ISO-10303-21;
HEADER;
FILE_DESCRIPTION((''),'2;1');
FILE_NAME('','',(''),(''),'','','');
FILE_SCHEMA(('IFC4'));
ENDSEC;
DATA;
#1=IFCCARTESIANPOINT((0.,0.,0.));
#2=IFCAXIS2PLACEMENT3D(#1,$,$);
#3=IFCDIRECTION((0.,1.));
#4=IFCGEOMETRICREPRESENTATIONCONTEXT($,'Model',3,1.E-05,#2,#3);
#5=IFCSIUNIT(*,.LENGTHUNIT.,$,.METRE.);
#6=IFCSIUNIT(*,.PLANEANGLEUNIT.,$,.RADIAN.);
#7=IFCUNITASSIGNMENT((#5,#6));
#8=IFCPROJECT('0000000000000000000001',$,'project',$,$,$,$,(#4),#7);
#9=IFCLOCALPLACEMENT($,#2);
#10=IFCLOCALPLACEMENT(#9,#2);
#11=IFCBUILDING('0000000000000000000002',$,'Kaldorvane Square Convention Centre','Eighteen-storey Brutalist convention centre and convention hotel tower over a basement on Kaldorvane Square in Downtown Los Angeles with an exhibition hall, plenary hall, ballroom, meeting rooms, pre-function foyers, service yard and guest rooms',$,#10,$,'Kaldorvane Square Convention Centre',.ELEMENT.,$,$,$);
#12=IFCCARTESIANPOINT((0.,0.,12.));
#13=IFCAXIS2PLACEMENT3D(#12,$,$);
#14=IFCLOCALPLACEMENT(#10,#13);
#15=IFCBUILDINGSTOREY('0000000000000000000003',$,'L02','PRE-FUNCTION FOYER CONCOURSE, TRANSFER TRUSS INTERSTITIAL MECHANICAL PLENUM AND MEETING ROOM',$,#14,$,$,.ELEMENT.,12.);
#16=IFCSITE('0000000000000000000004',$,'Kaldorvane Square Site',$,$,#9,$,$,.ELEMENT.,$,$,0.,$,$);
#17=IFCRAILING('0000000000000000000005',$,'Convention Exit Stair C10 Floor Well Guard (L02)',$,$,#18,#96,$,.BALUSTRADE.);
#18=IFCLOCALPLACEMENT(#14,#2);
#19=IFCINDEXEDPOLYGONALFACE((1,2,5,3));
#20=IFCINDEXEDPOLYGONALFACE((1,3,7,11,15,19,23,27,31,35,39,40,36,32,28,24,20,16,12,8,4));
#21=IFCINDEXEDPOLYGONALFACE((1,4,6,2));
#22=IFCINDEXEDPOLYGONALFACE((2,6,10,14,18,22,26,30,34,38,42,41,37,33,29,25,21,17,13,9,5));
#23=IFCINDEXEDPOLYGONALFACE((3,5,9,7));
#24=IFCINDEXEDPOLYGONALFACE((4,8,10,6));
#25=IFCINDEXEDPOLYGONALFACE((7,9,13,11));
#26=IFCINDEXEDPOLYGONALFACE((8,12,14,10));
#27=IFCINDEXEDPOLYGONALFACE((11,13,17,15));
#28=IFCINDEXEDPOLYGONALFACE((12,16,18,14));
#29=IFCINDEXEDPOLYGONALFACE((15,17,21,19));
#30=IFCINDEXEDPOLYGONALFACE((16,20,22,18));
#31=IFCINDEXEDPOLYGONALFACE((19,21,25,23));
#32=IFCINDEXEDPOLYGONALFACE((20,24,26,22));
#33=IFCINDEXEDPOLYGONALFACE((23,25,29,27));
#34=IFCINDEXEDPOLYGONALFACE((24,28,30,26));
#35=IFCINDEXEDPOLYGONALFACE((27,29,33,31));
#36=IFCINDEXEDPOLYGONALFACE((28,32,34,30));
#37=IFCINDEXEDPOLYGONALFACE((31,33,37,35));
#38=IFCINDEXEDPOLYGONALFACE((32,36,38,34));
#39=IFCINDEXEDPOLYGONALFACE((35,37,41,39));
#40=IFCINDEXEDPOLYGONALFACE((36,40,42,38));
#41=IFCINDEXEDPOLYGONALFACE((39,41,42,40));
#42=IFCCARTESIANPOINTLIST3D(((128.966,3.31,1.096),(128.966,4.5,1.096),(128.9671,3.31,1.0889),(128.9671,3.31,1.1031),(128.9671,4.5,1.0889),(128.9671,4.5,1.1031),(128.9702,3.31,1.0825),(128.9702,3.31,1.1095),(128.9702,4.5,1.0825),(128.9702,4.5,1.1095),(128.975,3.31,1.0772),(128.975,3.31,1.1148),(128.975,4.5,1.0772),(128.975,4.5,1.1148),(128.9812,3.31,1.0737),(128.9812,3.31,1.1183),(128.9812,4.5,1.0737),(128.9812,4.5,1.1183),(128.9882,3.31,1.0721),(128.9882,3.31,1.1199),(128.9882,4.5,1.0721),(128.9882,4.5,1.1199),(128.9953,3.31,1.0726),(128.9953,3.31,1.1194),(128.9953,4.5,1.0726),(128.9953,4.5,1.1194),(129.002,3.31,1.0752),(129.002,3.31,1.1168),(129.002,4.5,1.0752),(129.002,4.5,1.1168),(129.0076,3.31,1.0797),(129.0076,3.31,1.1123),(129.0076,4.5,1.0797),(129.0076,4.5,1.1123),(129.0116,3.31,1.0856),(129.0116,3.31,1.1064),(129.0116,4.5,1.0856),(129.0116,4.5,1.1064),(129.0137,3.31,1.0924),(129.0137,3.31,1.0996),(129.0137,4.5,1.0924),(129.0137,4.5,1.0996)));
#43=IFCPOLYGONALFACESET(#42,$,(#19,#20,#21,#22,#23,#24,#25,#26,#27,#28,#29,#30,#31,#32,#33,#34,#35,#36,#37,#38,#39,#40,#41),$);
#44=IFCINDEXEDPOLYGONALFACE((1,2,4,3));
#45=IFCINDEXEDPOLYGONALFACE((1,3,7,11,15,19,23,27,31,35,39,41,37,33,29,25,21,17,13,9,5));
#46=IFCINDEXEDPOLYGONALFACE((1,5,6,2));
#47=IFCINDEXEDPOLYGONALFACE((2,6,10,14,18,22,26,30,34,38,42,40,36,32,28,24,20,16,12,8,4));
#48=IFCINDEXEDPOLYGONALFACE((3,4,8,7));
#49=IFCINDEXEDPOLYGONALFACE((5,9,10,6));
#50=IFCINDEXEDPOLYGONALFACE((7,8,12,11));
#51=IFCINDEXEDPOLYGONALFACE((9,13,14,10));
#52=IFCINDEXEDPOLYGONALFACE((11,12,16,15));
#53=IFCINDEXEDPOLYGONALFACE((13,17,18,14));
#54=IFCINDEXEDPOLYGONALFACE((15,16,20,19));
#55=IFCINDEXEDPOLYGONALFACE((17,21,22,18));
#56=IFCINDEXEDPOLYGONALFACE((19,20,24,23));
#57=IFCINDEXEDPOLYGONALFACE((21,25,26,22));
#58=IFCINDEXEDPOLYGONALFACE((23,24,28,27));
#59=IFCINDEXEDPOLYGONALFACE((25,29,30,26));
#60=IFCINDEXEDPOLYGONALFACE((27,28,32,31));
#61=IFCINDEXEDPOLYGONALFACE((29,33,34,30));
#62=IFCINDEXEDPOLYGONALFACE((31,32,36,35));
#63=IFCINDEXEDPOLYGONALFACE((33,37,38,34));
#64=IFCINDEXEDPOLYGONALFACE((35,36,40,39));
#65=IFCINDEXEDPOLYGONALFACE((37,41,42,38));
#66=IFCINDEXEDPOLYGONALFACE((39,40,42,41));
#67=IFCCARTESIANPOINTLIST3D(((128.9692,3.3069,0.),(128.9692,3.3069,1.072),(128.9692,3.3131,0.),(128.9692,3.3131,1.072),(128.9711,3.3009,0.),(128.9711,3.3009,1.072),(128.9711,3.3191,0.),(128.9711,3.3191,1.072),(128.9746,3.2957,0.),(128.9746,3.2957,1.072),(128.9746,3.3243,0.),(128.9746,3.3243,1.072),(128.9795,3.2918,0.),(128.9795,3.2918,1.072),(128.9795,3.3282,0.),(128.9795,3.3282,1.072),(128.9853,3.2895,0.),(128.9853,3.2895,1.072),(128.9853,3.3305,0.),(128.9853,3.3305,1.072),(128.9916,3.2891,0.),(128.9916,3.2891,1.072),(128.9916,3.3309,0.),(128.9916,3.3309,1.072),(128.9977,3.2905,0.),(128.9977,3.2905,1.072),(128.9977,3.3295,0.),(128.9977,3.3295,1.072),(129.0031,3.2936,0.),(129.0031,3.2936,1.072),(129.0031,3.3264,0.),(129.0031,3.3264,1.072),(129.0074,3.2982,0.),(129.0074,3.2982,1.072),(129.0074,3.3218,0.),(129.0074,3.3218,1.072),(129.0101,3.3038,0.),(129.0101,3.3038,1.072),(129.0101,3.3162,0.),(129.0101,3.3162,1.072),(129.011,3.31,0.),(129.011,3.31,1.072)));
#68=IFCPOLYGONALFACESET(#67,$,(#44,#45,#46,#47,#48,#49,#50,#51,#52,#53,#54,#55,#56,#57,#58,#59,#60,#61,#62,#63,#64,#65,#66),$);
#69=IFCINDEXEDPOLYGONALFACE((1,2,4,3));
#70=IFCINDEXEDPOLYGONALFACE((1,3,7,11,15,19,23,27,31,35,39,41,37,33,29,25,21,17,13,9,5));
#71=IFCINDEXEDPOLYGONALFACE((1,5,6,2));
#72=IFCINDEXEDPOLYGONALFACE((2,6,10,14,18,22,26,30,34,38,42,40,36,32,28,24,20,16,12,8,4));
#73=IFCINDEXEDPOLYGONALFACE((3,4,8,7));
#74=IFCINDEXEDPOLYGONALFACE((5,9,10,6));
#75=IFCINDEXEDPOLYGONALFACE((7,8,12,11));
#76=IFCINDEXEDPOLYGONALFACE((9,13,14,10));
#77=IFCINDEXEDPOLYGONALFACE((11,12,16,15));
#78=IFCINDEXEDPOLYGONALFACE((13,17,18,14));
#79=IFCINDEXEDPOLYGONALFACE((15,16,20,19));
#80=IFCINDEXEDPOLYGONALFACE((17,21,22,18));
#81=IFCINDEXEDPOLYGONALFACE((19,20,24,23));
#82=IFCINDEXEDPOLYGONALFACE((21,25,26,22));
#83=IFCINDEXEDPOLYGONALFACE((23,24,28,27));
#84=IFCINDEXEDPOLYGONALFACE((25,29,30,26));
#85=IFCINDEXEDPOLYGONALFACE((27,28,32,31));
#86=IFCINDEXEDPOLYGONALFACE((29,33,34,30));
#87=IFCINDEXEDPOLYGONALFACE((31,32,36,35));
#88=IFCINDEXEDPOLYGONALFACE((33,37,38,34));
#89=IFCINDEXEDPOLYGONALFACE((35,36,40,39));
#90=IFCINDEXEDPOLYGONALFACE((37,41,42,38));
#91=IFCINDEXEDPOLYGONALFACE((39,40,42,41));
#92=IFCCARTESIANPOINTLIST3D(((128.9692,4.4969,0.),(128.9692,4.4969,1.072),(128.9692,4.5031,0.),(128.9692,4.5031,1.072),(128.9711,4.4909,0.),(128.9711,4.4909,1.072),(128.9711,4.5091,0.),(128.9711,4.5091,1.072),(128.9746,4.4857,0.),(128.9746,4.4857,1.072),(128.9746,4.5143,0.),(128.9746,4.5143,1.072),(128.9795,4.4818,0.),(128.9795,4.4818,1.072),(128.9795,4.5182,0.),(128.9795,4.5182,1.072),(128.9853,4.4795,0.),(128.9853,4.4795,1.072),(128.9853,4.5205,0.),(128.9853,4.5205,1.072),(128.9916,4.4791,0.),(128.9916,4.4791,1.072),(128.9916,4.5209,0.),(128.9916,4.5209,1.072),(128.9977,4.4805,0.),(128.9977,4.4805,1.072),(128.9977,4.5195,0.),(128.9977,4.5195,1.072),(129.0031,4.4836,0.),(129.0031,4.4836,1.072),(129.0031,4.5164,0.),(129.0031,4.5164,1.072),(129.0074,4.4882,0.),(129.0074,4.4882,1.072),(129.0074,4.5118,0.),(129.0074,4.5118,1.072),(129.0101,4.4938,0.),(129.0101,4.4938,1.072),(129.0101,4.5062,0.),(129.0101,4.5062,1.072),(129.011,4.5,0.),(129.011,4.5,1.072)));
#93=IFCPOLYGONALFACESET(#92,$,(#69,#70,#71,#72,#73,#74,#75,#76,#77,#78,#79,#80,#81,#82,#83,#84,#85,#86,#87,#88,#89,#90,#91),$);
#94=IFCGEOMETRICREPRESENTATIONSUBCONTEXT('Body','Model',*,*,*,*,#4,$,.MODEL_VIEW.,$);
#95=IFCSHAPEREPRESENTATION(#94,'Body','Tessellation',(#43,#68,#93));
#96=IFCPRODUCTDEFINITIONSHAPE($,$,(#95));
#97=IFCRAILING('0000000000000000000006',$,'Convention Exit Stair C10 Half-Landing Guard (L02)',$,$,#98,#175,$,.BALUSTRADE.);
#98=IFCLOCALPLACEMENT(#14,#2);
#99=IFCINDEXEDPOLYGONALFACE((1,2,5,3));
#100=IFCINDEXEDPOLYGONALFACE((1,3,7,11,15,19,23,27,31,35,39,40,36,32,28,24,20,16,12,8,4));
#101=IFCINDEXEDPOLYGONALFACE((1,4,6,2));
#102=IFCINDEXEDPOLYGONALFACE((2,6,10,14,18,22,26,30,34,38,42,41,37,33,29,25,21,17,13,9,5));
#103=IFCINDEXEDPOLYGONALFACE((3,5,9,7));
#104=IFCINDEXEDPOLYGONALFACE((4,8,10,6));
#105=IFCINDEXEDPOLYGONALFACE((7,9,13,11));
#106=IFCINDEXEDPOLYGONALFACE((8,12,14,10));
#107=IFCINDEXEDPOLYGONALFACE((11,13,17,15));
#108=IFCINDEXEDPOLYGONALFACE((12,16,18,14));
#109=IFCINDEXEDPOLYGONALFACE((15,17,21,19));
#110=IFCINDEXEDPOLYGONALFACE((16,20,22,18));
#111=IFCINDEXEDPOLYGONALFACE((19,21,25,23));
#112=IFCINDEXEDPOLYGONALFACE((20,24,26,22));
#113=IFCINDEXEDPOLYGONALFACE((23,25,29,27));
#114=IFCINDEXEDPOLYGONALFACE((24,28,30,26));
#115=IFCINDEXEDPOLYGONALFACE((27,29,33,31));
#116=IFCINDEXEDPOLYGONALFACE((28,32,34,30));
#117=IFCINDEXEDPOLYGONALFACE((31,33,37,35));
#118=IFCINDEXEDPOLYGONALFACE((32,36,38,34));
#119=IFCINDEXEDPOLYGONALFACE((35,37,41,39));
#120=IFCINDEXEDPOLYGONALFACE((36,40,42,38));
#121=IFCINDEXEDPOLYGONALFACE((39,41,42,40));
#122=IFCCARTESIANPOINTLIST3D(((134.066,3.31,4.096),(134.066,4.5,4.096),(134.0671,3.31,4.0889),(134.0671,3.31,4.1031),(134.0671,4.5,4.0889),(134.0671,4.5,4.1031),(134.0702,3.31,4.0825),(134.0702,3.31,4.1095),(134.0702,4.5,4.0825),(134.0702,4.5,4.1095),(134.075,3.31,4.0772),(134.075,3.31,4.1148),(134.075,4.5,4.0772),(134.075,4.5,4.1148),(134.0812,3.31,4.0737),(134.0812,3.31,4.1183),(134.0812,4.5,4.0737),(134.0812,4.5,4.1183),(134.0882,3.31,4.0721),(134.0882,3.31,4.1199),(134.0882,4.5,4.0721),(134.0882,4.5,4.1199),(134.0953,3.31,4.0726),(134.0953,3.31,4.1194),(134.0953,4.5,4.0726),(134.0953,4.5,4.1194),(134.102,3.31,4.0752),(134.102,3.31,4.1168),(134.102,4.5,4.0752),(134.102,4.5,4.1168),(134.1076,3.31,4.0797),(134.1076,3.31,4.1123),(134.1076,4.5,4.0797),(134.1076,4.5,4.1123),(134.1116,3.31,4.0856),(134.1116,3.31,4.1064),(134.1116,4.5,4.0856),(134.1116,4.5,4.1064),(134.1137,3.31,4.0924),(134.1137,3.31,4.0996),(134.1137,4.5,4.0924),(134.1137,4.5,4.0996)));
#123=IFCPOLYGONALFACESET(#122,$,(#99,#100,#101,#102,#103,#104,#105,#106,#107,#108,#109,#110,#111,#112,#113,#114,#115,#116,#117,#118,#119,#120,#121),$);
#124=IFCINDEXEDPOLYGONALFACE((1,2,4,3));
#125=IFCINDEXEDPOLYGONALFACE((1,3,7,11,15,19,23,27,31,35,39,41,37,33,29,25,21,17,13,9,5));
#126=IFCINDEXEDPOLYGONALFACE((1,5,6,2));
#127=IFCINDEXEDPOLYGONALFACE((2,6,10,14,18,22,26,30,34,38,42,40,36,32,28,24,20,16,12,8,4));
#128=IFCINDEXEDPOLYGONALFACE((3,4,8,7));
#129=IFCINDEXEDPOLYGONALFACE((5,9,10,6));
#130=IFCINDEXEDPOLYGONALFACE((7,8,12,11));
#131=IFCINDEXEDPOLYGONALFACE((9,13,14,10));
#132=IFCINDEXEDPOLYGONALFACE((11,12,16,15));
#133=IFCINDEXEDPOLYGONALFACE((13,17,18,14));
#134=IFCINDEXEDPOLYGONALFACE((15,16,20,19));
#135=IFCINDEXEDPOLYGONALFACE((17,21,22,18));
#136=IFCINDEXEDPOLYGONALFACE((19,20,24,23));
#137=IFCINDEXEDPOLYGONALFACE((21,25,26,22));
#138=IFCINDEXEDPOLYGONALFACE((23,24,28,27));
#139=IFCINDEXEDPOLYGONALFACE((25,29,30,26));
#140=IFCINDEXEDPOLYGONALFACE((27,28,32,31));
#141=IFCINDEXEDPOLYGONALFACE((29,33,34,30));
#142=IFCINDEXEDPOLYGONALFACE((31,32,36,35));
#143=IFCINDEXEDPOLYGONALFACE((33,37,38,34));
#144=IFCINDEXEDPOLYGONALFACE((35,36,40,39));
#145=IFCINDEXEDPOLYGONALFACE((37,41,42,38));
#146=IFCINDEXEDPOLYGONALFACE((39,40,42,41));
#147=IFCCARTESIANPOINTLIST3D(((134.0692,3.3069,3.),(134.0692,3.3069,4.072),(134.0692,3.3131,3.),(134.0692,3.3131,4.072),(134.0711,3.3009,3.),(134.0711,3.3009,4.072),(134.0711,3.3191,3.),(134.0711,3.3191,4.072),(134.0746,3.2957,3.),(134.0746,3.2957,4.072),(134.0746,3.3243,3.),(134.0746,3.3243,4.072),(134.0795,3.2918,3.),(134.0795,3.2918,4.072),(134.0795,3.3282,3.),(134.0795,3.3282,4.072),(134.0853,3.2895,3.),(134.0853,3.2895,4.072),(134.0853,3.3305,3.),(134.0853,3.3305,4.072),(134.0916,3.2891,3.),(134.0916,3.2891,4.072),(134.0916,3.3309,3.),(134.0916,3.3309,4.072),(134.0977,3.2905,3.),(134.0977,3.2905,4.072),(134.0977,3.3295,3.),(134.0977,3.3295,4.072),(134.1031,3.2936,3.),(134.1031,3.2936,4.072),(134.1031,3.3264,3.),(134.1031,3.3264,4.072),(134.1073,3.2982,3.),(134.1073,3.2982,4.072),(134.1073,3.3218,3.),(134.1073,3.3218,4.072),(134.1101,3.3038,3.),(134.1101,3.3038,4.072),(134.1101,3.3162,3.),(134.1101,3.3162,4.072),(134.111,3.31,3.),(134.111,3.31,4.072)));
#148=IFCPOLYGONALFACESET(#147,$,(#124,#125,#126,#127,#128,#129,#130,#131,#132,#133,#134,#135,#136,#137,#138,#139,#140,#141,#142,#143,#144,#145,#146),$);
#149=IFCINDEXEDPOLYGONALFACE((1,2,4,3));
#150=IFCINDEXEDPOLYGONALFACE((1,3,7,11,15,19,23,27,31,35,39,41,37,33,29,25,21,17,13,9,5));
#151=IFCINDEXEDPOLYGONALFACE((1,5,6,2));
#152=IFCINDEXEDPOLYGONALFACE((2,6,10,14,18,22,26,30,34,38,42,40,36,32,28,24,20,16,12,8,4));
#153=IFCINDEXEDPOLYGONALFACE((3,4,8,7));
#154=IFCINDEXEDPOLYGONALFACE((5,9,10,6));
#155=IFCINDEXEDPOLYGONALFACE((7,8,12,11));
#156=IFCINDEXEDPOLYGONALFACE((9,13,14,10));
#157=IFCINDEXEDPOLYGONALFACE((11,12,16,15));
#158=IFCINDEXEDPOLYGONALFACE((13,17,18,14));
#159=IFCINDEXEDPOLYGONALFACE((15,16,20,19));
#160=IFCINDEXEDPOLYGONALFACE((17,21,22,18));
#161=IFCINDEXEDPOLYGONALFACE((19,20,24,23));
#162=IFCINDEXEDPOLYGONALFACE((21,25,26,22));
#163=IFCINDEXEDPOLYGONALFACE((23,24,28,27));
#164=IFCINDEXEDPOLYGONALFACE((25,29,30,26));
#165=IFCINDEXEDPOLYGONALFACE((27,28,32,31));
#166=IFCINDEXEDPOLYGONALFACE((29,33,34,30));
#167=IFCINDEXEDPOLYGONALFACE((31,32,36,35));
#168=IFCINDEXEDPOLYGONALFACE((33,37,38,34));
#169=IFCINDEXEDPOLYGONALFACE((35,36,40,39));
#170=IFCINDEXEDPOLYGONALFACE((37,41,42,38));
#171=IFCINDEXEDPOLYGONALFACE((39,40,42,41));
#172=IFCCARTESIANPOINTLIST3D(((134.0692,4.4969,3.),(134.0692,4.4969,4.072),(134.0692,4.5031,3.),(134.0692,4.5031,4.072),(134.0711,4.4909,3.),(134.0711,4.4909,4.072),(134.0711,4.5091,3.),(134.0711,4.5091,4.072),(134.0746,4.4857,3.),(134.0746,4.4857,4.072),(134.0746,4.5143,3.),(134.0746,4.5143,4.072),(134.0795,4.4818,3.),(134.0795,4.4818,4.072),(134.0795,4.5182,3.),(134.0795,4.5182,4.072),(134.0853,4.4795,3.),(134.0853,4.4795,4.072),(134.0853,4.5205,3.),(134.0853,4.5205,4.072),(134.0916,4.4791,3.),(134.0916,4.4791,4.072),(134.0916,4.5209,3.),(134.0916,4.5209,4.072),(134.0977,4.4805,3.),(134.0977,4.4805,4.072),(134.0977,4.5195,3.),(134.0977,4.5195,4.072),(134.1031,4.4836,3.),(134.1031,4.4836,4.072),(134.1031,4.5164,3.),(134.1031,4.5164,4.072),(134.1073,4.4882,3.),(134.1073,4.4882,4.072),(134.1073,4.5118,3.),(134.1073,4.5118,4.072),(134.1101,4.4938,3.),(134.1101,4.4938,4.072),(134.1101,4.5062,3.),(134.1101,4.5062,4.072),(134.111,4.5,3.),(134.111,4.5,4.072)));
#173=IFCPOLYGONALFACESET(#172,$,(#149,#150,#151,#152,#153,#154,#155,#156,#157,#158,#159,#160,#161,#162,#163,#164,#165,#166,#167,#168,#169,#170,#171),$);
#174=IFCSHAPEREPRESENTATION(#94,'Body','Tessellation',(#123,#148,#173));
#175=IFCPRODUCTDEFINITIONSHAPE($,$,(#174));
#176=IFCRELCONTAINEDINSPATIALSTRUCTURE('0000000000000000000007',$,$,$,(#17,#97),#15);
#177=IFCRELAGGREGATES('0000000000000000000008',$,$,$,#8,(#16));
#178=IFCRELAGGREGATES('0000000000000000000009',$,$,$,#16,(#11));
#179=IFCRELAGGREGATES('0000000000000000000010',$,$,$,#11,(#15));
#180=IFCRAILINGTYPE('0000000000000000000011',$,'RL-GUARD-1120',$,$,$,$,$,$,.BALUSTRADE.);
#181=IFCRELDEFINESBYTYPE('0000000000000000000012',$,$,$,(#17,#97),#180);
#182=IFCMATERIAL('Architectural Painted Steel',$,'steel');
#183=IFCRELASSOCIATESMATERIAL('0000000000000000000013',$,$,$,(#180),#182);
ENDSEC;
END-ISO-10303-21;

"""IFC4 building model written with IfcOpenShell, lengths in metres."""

from ifc_helpers import new_model, si_unit, direction, frame, origin, origin_2d, place, context, subcontext, project, spatial, circle, extrude, material, type_object, element, save


model = new_model("IFC4")

# Units and contexts
model_context = context("Model", 3, precision=1e-05, world=origin(), true_north=direction((0.0, 1.0)))
body_context = subcontext(model_context, "Body", "Model", "MODEL_VIEW")
ifc_project = project(units=[si_unit("LENGTHUNIT", "METRE"), si_unit("PLANEANGLEUNIT", "RADIAN")], contexts=[model_context])

# Site, building, storey
site_placement = place(None, origin())
site = spatial("IfcSite", under=ifc_project, at=site_placement, Name="Kaldorvane Square Site", CompositionType="ELEMENT", RefElevation=0.0)
building_placement = place(site_placement, origin())
building = spatial("IfcBuilding", under=site, at=building_placement, Name="Kaldorvane Square Convention Centre", Description="Eighteen-storey Brutalist convention centre and convention hotel tower over a basement on Kaldorvane Square in Downtown Los Angeles with an exhibition hall, plenary hall, ballroom, meeting rooms, pre-function foyers, service yard and guest rooms", LongName="Kaldorvane Square Convention Centre", CompositionType="ELEMENT")
storey_placement = place(building_placement, frame((0.0, 0.0, 12.0)))
storey = spatial("IfcBuildingStorey", under=building, at=storey_placement, Name="L02", Description="PRE-FUNCTION FOYER CONCOURSE, TRANSFER TRUSS INTERSTITIAL MECHANICAL PLENUM AND MEETING ROOM", CompositionType="ELEMENT", Elevation=12.0)

# Railings
ifc_material_1 = material(Name="Architectural Painted Steel", Category="steel")
railing_type_1 = type_object("IfcRailingType", Name="RL-GUARD-1120", PredefinedType="BALUSTRADE", material=ifc_material_1)
for number, where, name in (
    (1, (128.99, 3.31, 0.0), "Convention Exit Stair C10 Floor Well Guard (L02)"),
    (2, (134.09, 3.31, 3.0), "Convention Exit Stair C10 Half-Landing Guard (L02)"),
):
    element("IfcRailing", number, at=place(storey_placement, frame(where)), inside=storey, type_object=railing_type_1, Name=name, PredefinedType="BALUSTRADE", context=body_context, shape_type="SweptSolid", body=[
        extrude(circle(Radius=0.024, at=origin_2d()), frame((0.0, 0.0, 1.096), z_axis=(0.0, 1.0, 0.0), x_axis=(-1.0, 0.0, 0.0)), (0.0, 0.0, 1.0), 1.19),
        extrude(circle(Radius=0.021, at=origin_2d()), origin(), (0.0, 0.0, 1.0), 1.072),
        extrude(circle(Radius=0.021, at=origin_2d()), frame((0.0, 1.19, 0.0)), (0.0, 0.0, 1.0), 1.072),
    ])

save(model, "model.ifc")
